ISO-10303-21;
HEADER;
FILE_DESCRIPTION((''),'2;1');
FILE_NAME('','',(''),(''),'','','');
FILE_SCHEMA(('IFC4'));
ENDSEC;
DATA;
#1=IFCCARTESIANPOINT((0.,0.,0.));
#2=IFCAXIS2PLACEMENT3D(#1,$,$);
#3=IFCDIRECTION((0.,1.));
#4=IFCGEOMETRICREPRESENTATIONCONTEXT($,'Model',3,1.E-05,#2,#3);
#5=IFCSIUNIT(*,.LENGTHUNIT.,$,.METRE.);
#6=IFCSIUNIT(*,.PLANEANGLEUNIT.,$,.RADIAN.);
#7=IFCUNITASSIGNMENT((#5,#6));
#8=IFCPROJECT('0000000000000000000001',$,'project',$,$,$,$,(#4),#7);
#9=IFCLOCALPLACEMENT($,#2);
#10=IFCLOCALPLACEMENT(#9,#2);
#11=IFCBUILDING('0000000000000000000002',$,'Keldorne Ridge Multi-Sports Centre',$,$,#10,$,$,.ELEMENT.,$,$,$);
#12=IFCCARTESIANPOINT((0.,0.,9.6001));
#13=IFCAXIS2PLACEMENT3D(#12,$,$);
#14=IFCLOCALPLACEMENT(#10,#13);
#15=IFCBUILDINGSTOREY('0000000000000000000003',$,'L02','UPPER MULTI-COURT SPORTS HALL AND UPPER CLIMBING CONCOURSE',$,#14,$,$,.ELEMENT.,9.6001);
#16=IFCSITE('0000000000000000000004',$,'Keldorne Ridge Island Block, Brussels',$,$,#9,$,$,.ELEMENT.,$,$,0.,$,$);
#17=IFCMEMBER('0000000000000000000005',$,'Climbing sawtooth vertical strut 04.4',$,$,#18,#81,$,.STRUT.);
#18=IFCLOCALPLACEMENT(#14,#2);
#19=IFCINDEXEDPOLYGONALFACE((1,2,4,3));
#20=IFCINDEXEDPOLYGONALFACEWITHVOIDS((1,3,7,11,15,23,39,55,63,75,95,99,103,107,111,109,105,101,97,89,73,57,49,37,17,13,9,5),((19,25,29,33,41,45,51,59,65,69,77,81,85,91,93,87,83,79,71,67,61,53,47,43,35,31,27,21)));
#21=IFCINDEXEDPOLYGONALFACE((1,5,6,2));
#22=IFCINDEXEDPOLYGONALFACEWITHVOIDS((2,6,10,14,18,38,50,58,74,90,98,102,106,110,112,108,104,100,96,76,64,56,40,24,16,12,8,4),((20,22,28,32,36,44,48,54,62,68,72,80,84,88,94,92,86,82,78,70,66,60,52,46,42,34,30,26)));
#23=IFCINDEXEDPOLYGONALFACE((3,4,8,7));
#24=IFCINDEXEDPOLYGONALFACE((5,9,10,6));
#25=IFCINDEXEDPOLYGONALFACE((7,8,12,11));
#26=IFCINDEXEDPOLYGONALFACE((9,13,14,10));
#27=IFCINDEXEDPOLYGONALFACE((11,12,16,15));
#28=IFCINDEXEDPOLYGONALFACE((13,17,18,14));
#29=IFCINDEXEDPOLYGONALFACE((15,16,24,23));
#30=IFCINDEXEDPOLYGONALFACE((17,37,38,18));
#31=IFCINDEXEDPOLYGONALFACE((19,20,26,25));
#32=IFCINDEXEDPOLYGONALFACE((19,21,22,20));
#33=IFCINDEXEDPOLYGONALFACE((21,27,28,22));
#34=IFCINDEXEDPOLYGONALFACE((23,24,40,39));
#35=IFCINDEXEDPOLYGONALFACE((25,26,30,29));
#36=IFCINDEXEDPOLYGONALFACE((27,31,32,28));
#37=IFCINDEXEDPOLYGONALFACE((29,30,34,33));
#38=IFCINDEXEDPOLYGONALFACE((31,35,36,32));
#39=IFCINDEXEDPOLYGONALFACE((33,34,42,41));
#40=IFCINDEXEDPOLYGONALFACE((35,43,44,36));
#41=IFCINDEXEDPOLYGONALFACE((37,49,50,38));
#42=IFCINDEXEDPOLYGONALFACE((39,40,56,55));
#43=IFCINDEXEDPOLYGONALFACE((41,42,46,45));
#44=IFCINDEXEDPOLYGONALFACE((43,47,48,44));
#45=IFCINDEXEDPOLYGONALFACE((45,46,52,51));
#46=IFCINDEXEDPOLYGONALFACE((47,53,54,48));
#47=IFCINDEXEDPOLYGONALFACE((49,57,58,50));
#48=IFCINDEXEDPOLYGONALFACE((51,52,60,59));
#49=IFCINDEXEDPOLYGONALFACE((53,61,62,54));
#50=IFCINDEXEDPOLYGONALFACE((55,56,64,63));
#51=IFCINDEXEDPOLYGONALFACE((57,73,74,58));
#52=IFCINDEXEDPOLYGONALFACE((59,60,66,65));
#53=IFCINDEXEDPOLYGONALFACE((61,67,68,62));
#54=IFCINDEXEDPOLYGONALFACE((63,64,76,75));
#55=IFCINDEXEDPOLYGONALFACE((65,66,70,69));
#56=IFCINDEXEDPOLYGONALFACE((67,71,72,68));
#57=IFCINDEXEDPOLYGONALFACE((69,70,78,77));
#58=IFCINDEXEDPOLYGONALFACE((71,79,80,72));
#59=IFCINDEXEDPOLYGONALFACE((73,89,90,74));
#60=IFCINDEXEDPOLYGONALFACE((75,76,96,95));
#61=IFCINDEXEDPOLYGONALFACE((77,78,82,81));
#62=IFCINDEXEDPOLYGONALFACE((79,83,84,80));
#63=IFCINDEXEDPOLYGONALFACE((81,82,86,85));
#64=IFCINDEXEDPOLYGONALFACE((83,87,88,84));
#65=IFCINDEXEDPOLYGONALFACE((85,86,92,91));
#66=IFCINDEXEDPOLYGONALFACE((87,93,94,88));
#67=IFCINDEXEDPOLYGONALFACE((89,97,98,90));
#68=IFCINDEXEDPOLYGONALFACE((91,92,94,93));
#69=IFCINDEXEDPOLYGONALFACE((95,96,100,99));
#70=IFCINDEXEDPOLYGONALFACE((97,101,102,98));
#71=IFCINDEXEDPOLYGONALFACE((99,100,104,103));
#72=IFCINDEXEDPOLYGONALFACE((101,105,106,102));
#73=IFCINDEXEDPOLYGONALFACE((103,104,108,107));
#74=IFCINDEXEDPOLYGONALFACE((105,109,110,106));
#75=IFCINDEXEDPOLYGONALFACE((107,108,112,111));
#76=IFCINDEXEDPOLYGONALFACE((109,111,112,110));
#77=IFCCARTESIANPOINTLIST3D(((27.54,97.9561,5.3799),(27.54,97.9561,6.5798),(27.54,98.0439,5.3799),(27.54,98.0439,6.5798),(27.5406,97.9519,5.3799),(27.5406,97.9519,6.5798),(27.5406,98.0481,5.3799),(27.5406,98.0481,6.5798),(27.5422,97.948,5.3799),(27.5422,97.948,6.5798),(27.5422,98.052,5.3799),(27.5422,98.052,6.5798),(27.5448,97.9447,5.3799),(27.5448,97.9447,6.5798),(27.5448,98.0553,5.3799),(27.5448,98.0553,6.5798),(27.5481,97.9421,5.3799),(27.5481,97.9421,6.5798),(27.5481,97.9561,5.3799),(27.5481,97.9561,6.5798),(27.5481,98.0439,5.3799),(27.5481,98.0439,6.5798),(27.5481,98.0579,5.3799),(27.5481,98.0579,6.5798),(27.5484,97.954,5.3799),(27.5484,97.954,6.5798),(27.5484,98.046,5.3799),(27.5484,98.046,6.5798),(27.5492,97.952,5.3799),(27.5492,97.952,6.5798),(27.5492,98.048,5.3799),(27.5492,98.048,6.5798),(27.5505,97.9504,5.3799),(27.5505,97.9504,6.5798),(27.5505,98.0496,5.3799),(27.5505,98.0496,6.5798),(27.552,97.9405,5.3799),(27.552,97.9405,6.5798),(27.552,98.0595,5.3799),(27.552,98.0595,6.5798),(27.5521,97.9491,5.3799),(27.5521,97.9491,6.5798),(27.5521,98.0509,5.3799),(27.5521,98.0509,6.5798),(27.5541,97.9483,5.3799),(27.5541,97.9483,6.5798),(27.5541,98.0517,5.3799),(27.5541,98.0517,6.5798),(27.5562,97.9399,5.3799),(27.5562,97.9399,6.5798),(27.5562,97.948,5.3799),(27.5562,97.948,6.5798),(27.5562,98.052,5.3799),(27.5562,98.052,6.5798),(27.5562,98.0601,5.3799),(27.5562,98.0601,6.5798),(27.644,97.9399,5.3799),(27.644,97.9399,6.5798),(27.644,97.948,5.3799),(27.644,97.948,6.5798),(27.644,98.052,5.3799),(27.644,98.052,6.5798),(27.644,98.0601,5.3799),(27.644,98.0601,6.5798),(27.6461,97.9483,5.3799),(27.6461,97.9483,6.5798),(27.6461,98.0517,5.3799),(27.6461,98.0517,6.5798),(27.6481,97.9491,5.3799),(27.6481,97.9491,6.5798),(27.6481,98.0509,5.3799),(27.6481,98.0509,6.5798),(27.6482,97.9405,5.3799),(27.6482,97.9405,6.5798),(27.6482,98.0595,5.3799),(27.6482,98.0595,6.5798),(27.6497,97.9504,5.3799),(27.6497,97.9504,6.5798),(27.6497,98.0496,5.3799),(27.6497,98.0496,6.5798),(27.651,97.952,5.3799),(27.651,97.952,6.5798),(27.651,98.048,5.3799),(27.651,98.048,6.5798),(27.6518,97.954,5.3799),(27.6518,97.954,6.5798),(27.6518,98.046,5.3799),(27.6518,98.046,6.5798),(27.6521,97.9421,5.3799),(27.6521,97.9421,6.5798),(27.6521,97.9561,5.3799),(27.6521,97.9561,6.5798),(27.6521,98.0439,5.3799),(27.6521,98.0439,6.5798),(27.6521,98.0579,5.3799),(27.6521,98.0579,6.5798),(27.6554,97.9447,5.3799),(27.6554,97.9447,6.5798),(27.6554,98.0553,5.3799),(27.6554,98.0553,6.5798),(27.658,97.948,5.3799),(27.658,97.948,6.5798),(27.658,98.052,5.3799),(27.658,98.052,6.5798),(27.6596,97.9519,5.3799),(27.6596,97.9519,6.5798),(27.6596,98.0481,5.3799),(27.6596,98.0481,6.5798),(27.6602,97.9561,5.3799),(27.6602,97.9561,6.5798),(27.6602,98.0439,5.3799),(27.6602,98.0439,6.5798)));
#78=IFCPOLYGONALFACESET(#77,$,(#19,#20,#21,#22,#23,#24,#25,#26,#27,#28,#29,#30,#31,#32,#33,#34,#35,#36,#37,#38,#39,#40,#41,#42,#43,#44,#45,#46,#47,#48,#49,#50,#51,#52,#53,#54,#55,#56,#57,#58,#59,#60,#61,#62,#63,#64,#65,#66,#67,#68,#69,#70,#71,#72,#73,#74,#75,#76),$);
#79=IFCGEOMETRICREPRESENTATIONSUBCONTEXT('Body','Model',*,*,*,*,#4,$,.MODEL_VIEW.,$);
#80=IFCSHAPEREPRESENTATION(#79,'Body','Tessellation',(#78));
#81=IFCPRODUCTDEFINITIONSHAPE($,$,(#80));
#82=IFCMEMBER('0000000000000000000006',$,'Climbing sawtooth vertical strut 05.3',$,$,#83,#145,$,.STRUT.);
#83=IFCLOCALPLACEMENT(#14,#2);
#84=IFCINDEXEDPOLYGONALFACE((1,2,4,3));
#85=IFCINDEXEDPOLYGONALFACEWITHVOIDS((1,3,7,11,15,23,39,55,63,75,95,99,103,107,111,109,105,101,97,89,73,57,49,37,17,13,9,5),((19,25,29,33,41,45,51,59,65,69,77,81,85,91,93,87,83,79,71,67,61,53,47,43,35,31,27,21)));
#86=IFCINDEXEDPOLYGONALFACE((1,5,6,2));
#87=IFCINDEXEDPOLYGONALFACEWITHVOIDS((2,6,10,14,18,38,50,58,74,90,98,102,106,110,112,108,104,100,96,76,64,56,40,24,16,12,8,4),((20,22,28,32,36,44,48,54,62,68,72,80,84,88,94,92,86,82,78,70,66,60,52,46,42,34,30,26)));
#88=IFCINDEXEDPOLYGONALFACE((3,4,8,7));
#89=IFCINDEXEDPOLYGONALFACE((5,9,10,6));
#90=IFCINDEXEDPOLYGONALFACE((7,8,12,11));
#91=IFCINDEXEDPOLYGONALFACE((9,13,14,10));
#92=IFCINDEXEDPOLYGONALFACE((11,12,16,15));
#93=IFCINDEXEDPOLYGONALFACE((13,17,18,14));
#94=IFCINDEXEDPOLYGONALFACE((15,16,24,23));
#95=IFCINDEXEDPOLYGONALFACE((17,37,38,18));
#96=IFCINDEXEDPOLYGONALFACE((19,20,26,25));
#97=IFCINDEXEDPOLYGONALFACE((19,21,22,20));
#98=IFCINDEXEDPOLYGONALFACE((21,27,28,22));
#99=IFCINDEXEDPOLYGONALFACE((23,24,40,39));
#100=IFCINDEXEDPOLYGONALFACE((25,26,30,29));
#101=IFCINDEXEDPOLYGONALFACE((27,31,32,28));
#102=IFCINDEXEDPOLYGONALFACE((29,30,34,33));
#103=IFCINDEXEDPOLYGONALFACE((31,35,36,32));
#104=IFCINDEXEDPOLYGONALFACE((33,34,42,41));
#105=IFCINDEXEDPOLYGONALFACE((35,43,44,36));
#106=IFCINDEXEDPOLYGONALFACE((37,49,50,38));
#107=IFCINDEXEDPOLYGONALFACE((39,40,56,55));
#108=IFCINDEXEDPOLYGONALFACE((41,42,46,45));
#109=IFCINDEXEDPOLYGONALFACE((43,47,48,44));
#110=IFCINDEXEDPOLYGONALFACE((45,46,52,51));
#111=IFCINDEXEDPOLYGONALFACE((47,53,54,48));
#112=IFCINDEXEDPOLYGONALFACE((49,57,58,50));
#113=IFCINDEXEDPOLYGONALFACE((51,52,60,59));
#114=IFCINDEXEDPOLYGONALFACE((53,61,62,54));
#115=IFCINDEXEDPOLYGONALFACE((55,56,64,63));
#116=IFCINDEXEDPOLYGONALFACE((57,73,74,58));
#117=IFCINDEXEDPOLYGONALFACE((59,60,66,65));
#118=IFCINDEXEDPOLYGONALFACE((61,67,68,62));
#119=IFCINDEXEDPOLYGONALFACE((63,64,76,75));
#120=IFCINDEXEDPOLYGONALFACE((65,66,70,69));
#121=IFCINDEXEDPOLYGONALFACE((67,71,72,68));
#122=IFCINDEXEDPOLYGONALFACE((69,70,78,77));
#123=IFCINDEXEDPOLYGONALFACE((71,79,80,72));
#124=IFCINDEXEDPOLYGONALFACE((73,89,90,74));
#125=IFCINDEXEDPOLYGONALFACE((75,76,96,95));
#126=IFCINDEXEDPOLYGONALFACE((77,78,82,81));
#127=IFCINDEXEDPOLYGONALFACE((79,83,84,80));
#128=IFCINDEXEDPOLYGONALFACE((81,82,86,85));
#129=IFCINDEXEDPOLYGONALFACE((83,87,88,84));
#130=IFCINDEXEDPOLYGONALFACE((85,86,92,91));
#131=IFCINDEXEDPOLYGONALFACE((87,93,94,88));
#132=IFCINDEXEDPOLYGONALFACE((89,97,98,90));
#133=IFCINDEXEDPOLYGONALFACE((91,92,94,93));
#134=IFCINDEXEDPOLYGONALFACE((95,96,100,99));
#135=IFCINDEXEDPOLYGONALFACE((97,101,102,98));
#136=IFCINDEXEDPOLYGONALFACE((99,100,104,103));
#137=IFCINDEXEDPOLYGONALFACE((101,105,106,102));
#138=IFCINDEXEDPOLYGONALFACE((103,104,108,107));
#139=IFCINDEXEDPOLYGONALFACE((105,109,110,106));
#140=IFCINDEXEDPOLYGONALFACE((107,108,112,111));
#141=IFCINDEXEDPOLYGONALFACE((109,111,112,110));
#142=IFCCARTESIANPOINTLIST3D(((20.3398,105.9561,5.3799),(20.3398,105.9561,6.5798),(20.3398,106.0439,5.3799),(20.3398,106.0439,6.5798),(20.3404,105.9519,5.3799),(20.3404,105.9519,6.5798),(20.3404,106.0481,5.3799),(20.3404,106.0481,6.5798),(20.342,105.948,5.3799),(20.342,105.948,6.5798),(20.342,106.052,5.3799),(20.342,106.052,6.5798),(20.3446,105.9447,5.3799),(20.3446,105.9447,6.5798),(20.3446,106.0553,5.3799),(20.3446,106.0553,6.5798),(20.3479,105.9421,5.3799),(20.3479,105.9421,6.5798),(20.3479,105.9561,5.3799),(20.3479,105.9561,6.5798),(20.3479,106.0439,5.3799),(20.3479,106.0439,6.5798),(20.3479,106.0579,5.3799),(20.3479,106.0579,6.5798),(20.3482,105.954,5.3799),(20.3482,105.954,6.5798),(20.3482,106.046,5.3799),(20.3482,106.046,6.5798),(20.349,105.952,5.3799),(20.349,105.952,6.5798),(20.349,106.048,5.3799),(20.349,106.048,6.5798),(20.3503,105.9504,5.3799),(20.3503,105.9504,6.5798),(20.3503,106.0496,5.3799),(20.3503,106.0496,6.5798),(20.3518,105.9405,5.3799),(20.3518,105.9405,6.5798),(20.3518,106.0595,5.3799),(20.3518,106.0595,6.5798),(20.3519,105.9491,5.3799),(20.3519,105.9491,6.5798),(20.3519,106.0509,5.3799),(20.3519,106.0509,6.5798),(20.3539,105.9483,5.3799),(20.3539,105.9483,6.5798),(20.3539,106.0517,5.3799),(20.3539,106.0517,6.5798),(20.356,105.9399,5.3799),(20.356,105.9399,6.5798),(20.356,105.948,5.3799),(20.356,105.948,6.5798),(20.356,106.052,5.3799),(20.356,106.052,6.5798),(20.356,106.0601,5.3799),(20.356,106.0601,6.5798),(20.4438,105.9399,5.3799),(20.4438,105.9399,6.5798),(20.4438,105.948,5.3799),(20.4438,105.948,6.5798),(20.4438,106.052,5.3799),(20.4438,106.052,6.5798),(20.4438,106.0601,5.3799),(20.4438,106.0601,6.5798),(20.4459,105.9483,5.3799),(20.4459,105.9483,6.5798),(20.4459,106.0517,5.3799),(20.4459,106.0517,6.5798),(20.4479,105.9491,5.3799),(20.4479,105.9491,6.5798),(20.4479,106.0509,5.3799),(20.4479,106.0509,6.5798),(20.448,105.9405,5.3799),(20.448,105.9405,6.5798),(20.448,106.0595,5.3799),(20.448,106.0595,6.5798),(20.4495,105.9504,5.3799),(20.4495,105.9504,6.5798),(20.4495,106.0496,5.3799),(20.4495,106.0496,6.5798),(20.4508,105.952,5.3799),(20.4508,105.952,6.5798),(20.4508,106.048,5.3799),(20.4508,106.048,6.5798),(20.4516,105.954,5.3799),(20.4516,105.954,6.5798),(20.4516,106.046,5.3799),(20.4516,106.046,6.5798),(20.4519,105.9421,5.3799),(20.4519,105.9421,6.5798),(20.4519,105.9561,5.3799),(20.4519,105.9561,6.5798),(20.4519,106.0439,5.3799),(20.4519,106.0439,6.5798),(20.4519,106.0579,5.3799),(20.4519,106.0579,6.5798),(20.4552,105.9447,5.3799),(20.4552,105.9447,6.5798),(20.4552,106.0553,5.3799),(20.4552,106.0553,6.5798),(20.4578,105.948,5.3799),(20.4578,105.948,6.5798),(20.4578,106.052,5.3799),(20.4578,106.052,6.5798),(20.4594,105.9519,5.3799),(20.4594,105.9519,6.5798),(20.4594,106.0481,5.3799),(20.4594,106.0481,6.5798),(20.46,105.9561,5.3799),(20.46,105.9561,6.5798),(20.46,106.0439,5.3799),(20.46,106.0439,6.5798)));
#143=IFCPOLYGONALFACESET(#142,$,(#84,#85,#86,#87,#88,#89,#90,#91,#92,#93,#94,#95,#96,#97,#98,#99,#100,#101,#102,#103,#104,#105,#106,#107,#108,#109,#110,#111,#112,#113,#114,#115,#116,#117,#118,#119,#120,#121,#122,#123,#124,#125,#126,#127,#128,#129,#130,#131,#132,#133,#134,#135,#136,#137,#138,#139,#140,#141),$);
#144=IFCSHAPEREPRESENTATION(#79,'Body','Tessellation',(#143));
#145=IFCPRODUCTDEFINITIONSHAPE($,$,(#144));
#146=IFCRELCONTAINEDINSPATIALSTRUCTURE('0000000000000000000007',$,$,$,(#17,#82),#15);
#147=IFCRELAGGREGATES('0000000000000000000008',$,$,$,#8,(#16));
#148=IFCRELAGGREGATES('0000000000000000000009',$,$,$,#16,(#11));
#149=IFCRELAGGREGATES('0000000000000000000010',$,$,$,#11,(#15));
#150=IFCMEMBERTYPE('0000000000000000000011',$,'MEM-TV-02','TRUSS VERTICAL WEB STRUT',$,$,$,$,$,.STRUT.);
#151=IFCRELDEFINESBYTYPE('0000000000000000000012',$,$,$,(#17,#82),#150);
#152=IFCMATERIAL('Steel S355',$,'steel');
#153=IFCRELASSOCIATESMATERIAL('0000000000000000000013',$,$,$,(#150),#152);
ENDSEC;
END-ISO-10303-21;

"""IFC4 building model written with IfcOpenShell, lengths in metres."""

from ifc_helpers import new_model, si_unit, direction, frame, origin, origin_2d, place, context, subcontext, project, spatial, hollow_rectangle, extrude, material, material_profile, profile_set, type_object, element, save


model = new_model("IFC4")

# Units and contexts
model_context = context("Model", 3, precision=1e-05, world=origin(), true_north=direction((0.0, 1.0)))
body_context = subcontext(model_context, "Body", "Model", "MODEL_VIEW")
ifc_project = project(units=[si_unit("LENGTHUNIT", "METRE"), si_unit("PLANEANGLEUNIT", "RADIAN")], contexts=[model_context])

# Site, building, storey
site_placement = place(None, origin())
site = spatial("IfcSite", under=ifc_project, at=site_placement, Name="Keldorne Ridge Island Block, Brussels", CompositionType="ELEMENT", RefElevation=0.0)
building_placement = place(site_placement, origin())
building = spatial("IfcBuilding", under=site, at=building_placement, Name="Keldorne Ridge Multi-Sports Centre", CompositionType="ELEMENT")
storey_placement = place(building_placement, frame((0.0, 0.0, 9.6001)))
storey = spatial("IfcBuildingStorey", under=building, at=storey_placement, Name="L02", Description="UPPER MULTI-COURT SPORTS HALL AND UPPER CLIMBING CONCOURSE", CompositionType="ELEMENT", Elevation=9.6001)

# Shared definitions
ifc_material = material(Name="Steel S355", Category="steel")

# Members
ifc_material_profile_1 = material_profile(ifc_material, hollow_rectangle(XDim=0.1201, YDim=0.1201, WallThickness=0.0081, InnerFilletRadius=0.0081, OuterFilletRadius=0.0161, at=origin_2d()), Name="SHS 120x120x8")
ifc_profile_set_1 = profile_set([ifc_material_profile_1], Name="Steel S355")
member_type_1 = type_object("IfcMemberType", Name="MEM-TV-02", Description="TRUSS VERTICAL WEB STRUT", PredefinedType="STRUT", material=ifc_profile_set_1)
for number, where, z_axis, x_axis, name in (
    (1, (27.6001, 98.0, 5.3799), (0.0, 0.0, 1.0), (1.0, 0.0, 0.0), "Climbing sawtooth vertical strut 04.4"),
    (2, (20.3999, 106.0, 5.3799), (0.0, 0.0, 1.0), (1.0, 0.0, 0.0), "Climbing sawtooth vertical strut 05.3"),
):
    element("IfcMember", number, at=place(storey_placement, frame(where, z_axis=z_axis, x_axis=x_axis)), inside=storey, type_object=member_type_1, Name=name, PredefinedType="STRUT", context=body_context, shape_type="SweptSolid", body=[
        extrude(hollow_rectangle(XDim=0.1201, YDim=0.1201, WallThickness=0.0081, InnerFilletRadius=0.0081, OuterFilletRadius=0.0161, at=origin_2d()), origin(), (0.0, 0.0, 1.0), 1.2),
    ])

save(model, "model.ifc")
